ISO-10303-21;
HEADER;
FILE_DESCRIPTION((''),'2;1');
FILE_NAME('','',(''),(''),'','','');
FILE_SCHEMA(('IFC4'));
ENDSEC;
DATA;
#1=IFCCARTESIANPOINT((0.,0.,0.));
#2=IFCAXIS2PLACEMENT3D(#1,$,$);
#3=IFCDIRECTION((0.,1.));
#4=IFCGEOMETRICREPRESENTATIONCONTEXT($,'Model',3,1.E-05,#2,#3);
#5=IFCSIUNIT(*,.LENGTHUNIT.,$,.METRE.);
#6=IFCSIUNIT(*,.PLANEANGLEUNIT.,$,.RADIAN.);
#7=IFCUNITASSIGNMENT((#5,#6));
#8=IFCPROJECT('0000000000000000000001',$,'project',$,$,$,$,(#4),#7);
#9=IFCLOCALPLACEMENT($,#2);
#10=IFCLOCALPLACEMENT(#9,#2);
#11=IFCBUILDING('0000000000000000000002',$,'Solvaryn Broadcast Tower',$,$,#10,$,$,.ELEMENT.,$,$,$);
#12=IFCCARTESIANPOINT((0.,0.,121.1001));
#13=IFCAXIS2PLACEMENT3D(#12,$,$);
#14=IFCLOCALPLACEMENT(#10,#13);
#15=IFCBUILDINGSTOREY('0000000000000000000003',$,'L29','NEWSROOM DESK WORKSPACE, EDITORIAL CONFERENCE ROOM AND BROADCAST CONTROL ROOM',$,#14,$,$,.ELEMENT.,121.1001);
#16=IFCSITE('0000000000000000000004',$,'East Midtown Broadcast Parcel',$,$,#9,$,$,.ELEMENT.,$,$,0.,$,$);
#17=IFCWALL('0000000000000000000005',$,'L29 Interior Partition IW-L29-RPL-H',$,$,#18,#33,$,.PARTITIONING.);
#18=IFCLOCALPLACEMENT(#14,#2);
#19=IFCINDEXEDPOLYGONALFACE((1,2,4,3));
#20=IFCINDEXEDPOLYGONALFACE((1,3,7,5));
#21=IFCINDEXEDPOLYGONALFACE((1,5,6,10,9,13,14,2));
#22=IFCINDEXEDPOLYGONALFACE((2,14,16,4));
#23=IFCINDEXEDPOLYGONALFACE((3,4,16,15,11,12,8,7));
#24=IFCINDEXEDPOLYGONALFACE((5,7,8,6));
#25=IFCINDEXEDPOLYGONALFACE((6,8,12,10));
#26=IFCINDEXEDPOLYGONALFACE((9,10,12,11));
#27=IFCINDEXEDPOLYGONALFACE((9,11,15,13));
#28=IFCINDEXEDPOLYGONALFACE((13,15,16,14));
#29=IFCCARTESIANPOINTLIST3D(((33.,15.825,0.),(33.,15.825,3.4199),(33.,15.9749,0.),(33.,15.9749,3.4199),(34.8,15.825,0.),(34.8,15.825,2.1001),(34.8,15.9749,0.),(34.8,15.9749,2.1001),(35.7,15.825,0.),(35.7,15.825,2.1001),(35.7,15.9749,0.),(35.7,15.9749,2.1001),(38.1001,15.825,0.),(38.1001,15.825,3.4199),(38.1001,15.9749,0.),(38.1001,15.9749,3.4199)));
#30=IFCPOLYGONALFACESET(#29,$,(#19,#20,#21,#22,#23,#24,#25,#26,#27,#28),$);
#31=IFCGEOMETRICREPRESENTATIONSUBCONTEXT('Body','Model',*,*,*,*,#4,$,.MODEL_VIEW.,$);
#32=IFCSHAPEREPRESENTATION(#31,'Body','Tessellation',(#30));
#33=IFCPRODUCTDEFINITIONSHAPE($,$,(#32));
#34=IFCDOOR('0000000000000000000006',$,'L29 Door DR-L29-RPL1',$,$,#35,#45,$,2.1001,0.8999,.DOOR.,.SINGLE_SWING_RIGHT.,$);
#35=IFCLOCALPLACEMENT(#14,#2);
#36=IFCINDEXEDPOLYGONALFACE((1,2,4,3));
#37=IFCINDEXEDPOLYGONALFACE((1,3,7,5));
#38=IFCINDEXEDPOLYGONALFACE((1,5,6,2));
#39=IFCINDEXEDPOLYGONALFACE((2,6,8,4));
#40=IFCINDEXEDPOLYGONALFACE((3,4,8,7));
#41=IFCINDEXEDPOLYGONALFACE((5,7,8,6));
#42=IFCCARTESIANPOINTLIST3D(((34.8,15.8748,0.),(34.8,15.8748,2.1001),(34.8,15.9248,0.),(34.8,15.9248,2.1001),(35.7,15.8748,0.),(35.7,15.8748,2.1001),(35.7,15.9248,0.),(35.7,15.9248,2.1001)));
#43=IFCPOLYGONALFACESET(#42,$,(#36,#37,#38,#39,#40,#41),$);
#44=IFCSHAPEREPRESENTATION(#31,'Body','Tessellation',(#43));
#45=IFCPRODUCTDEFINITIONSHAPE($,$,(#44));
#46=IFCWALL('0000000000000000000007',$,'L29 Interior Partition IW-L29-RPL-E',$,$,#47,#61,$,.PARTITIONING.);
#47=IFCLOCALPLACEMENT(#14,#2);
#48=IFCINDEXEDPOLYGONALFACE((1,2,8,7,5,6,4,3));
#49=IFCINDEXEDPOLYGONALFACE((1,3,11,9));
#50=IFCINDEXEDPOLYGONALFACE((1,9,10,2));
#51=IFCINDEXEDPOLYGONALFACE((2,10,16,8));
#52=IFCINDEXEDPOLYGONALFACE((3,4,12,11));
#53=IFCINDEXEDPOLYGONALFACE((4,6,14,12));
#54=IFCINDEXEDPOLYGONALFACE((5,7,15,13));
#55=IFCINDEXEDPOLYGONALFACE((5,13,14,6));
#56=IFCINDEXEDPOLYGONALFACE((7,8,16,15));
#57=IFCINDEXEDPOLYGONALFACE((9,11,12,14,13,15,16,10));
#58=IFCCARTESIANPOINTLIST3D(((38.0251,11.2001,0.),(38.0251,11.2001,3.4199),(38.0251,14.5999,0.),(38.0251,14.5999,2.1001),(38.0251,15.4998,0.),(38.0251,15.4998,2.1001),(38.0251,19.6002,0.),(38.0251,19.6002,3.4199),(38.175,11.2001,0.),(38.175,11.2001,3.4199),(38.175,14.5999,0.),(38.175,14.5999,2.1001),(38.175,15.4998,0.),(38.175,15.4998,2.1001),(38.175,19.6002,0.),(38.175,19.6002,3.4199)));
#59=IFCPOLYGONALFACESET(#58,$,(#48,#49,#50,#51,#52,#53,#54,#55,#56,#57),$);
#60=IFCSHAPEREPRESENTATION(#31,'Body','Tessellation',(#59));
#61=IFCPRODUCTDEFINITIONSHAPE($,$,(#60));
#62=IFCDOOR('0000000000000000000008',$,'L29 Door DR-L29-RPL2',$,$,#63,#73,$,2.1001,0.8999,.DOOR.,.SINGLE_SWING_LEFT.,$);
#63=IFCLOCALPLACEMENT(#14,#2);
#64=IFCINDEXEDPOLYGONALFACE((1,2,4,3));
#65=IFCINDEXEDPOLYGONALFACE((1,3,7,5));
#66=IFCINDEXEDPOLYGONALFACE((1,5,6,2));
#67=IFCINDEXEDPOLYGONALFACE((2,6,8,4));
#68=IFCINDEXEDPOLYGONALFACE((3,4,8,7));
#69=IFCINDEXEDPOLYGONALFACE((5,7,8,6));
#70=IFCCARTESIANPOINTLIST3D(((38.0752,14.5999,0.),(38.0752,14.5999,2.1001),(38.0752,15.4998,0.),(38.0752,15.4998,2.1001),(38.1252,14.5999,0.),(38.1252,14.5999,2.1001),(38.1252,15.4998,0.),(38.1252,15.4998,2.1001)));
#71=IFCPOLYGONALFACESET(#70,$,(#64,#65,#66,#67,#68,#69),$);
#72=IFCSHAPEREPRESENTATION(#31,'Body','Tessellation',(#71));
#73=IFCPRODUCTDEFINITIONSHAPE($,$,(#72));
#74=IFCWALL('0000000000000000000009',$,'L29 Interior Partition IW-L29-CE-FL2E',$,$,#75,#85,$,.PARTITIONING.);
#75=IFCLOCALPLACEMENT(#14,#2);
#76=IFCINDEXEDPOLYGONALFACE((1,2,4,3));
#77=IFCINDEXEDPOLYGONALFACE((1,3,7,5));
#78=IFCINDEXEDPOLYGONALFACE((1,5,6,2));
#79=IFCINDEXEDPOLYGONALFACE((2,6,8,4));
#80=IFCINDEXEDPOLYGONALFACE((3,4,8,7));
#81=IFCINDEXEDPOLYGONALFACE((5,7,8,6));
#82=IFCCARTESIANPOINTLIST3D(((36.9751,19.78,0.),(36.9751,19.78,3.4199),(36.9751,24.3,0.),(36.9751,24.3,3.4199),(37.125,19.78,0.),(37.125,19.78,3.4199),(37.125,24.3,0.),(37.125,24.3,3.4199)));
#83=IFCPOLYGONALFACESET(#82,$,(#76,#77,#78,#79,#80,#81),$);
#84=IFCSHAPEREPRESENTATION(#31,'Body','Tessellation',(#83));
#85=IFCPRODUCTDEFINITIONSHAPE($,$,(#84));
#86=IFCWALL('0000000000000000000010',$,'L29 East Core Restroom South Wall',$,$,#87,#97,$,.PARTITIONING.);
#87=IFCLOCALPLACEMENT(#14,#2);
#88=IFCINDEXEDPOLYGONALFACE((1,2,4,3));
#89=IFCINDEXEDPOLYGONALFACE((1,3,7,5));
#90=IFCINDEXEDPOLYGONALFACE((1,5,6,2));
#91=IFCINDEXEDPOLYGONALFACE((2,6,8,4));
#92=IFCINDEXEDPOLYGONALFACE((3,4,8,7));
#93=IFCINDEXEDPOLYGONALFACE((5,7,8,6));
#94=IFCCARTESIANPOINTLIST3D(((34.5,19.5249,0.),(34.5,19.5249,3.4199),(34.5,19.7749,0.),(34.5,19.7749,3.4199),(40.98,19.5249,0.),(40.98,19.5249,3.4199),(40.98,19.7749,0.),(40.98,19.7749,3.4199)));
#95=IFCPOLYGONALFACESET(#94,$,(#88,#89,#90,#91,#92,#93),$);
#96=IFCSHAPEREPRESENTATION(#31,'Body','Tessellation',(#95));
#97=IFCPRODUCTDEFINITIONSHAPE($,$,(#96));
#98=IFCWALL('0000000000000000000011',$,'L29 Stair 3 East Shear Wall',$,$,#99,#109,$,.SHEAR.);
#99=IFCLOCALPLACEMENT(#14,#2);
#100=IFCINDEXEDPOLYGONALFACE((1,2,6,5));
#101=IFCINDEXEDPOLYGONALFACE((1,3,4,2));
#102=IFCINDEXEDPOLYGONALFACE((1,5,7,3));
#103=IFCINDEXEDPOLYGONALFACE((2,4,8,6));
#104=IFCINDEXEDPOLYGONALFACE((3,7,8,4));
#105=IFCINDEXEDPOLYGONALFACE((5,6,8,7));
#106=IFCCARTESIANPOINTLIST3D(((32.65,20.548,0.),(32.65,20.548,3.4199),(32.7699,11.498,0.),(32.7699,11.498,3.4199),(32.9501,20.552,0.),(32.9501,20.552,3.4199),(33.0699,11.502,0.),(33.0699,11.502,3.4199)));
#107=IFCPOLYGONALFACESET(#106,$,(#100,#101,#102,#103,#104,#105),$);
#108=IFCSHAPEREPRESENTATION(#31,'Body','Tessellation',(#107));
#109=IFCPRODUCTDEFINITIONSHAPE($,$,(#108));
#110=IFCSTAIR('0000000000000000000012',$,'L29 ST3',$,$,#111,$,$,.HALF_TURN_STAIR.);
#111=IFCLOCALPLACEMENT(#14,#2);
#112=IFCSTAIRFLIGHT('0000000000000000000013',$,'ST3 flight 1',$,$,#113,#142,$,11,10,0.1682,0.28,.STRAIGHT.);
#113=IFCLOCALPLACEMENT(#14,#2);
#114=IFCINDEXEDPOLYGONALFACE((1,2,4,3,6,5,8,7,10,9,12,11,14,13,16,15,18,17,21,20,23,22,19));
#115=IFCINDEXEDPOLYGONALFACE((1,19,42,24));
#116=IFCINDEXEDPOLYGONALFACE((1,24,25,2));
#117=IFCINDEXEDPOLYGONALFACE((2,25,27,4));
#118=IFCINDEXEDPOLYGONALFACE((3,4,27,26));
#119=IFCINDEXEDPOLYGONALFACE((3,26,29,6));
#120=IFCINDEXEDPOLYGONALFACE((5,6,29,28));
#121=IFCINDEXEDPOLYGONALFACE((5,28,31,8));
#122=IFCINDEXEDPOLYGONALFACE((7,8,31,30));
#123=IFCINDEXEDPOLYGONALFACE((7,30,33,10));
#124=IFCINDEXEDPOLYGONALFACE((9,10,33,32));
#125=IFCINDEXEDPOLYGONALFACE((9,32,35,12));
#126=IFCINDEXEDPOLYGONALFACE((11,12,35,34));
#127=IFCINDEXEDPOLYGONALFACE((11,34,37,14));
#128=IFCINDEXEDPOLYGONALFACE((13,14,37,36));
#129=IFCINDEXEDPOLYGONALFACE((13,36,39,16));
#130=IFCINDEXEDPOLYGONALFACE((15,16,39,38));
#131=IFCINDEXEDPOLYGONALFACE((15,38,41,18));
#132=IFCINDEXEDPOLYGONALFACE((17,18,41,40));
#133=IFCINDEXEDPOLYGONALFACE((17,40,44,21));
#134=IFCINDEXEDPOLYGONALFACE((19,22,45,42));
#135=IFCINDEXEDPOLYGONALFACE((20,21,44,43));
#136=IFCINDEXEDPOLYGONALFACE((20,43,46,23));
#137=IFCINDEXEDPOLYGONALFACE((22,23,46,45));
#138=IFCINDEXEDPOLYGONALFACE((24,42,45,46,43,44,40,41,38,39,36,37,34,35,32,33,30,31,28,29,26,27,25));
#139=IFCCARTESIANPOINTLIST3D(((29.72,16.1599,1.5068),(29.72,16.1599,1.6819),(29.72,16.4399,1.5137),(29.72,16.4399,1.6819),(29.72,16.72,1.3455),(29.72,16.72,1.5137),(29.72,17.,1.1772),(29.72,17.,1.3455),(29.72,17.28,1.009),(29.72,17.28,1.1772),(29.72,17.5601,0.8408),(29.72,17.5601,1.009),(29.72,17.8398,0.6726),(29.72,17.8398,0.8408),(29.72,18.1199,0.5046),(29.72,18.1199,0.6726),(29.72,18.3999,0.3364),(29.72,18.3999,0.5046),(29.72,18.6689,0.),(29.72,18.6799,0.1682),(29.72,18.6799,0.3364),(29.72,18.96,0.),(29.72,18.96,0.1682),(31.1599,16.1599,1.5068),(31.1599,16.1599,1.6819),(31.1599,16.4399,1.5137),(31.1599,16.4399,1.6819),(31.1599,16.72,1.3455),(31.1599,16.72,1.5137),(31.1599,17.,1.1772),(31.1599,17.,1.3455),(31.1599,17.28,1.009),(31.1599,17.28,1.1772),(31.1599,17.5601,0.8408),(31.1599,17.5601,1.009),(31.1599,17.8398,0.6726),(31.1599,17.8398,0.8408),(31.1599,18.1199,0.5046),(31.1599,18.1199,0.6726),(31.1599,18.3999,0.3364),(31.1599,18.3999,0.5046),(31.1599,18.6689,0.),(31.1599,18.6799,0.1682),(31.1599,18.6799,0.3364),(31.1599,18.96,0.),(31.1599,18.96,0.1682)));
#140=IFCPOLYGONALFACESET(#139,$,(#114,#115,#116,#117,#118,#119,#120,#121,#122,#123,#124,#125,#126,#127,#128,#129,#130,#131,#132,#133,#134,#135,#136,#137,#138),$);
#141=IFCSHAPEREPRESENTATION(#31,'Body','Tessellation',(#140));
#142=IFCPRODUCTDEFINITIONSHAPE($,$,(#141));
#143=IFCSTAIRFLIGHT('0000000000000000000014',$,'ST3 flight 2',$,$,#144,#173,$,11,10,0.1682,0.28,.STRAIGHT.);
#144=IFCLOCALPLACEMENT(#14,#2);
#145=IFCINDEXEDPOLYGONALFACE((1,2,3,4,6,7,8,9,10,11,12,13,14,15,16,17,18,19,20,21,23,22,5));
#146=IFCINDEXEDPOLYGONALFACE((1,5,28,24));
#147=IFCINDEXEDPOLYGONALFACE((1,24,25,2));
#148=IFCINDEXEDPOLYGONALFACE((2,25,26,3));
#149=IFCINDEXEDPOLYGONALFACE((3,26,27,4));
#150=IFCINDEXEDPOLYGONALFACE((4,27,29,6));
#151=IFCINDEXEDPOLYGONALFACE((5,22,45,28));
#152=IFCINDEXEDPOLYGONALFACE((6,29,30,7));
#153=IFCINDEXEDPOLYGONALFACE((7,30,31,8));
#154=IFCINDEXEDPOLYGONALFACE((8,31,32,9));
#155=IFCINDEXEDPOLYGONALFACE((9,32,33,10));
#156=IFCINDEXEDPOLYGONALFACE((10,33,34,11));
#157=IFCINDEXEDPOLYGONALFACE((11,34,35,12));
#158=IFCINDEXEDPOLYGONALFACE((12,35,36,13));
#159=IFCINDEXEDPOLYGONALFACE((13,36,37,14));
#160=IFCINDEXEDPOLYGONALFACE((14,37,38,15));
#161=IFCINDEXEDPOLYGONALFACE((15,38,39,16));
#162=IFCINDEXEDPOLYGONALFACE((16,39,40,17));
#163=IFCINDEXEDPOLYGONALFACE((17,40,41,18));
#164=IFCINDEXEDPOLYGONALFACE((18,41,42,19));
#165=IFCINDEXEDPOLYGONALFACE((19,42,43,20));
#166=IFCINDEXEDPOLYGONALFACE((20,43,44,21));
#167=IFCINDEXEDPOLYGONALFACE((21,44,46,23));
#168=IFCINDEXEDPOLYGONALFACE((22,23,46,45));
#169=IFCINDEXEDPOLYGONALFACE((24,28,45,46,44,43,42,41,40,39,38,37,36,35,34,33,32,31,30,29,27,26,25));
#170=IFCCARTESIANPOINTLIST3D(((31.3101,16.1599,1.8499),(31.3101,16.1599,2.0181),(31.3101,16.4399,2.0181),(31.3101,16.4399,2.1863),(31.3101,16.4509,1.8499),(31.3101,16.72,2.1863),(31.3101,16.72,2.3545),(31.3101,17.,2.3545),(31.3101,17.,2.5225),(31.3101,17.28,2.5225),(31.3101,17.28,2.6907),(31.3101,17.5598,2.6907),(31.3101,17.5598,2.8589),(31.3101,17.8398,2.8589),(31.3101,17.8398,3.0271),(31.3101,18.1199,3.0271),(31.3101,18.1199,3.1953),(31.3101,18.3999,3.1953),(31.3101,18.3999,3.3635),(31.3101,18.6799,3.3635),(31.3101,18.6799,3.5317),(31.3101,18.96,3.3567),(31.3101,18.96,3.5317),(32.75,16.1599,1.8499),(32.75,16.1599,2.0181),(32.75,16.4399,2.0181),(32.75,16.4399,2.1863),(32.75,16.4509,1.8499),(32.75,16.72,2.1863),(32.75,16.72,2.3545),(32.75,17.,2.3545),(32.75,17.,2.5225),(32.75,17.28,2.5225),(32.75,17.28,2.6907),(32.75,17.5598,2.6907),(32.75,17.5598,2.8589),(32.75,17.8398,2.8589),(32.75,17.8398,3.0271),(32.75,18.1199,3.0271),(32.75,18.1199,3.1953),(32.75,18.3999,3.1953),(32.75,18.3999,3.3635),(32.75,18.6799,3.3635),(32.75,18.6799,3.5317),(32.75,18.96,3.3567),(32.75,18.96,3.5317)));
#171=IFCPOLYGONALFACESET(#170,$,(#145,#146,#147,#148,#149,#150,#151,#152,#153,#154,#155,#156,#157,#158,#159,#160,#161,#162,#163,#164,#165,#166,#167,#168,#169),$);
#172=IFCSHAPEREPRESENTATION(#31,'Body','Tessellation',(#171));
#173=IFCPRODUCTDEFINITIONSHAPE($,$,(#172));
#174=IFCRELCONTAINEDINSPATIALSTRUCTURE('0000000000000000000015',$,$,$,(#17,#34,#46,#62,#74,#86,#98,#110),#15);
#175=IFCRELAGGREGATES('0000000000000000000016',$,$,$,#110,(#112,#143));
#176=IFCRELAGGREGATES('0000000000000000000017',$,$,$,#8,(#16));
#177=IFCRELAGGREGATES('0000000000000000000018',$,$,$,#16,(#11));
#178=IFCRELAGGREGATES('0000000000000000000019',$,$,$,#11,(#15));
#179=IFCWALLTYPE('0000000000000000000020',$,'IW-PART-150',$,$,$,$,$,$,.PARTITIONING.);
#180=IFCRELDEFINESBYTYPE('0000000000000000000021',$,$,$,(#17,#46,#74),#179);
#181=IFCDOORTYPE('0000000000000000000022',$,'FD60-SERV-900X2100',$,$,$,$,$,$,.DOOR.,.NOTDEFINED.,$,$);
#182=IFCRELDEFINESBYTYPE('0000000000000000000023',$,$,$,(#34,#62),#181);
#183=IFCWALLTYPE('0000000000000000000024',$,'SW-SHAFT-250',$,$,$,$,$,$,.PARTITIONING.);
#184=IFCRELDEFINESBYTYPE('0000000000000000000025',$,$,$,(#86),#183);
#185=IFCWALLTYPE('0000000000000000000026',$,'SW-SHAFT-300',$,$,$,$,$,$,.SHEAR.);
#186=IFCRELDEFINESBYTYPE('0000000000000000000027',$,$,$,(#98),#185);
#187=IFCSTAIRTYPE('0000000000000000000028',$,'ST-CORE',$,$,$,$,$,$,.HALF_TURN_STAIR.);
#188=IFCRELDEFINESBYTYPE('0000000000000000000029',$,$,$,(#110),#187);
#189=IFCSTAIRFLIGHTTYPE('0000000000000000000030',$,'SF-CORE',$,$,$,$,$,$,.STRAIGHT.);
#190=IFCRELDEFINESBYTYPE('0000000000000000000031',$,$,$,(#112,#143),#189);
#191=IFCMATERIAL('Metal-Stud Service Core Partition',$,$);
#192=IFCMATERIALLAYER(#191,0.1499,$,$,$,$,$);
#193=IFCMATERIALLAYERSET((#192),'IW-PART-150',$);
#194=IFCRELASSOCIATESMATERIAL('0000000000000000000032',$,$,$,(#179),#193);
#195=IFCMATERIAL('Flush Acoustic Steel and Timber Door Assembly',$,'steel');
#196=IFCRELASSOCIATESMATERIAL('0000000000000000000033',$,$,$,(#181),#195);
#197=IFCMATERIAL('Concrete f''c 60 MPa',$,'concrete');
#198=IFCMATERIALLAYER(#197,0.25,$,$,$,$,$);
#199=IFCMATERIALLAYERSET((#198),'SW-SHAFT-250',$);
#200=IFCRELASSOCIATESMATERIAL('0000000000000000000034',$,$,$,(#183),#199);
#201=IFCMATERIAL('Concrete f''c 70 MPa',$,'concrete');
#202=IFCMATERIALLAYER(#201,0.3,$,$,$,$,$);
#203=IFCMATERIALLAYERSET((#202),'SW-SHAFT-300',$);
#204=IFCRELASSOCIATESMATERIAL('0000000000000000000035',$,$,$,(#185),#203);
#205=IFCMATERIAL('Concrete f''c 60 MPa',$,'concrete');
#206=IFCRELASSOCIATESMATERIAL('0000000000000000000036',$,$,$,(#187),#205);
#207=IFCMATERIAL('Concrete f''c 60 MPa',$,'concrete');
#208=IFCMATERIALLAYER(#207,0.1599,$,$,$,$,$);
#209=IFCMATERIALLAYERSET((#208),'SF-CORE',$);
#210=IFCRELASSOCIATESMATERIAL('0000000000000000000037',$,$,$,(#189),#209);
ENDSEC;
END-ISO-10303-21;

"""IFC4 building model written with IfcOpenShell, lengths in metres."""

from ifc_helpers import new_model, si_unit, direction, frame, frame_2d, origin, place, context, subcontext, project, spatial, polyline, rectangle, outline, extrude, material, layer, layer_set, type_object, element, fill, aggregate, save


model = new_model("IFC4")

# Units and contexts
model_context = context("Model", 3, precision=1e-05, world=origin(), true_north=direction((0.0, 1.0)))
body_context = subcontext(model_context, "Body", "Model", "MODEL_VIEW")
ifc_project = project(units=[si_unit("LENGTHUNIT", "METRE"), si_unit("PLANEANGLEUNIT", "RADIAN")], contexts=[model_context])

# Site, building, storey
site_placement = place(None, origin())
site = spatial("IfcSite", under=ifc_project, at=site_placement, Name="East Midtown Broadcast Parcel", CompositionType="ELEMENT", RefElevation=0.0)
building_placement = place(site_placement, origin())
building = spatial("IfcBuilding", under=site, at=building_placement, Name="Solvaryn Broadcast Tower", CompositionType="ELEMENT")
storey_placement = place(building_placement, frame((0.0, 0.0, 121.1001)))
storey = spatial("IfcBuildingStorey", under=building, at=storey_placement, Name="L29", Description="NEWSROOM DESK WORKSPACE, EDITORIAL CONFERENCE ROOM AND BROADCAST CONTROL ROOM", CompositionType="ELEMENT", Elevation=121.1001)

# Walls, openings, doors
ifc_material_1 = material(Name="Metal-Stud Service Core Partition")
ifc_layer_1 = layer(ifc_material_1, 0.1499)
ifc_layer_set_1 = layer_set([ifc_layer_1], Name="IW-PART-150")
wall_type_1 = type_object("IfcWallType", Name="IW-PART-150", PredefinedType="PARTITIONING", material=ifc_layer_set_1)
wall_1_placement = place(storey_placement, frame((33.0, 15.8999, 0.0), z_axis=(0.0, 0.0, 1.0), x_axis=(1.0, 0.0, 0.0)))
wall_1 = element("IfcWall", 1, at=wall_1_placement, inside=storey, type_object=wall_type_1, Name="L29 Interior Partition IW-L29-RPL-H", PredefinedType="PARTITIONING", context=body_context, shape_type="SweptSolid", body=[
    extrude(rectangle(XDim=5.1001, YDim=0.1499, at=frame_2d((2.55, 0.0))), origin(), (0.0, 0.0, 1.0), 3.4199),
])
opening_1_placement = place(wall_1_placement, frame((1.8, 0.0, 0.0)))
opening_1 = element("IfcOpeningElement", 2, at=opening_1_placement, cuts=wall_1, PredefinedType="OPENING", context=body_context, shape_type="SweptSolid", body=[
    extrude(rectangle(XDim=0.8999, YDim=2.1001, at=frame_2d((0.45, 1.05))), frame((0.0, 0.085, 0.0), z_axis=(0.0, -1.0, 0.0), x_axis=(1.0, 0.0, 0.0)), (0.0, 0.0, 1.0), 0.1699),
])
ifc_material_2 = material(Name="Flush Acoustic Steel and Timber Door Assembly", Category="steel")
door_type_1 = type_object("IfcDoorType", Name="FD60-SERV-900X2100", OperationType="NOTDEFINED", PredefinedType="DOOR", material=ifc_material_2)
door_1_placement = place(opening_1_placement, origin())
door_1 = element("IfcDoor", 3, at=door_1_placement, inside=storey, type_object=door_type_1, Name="L29 Door DR-L29-RPL1", OperationType="SINGLE_SWING_RIGHT", OverallHeight=2.1001, OverallWidth=0.8999, PredefinedType="DOOR", context=body_context, shape_type="SweptSolid", body=[
    extrude(rectangle(XDim=0.8999, YDim=2.1001, at=frame_2d((0.45, 1.05))), frame((0.0, 0.0249, 0.0), z_axis=(0.0, -1.0, 0.0), x_axis=(1.0, 0.0, 0.0)), (0.0, 0.0, 1.0), 0.05),
])
fill(opening_1, door_1)
wall_2_placement = place(storey_placement, frame((38.1001, 11.2, 0.0), z_axis=(0.0, 0.0, 1.0), x_axis=(0.0, 1.0, 0.0)))
wall_2 = element("IfcWall", 4, at=wall_2_placement, inside=storey, type_object=wall_type_1, Name="L29 Interior Partition IW-L29-RPL-E", PredefinedType="PARTITIONING", context=body_context, shape_type="SweptSolid", body=[
    extrude(rectangle(XDim=8.4001, YDim=0.1499, at=frame_2d((4.2002, 0.0))), origin(), (0.0, 0.0, 1.0), 3.4199),
])
opening_2_placement = place(wall_2_placement, frame((3.3999, 0.0, 0.0)))
opening_2 = element("IfcOpeningElement", 5, at=opening_2_placement, cuts=wall_2, PredefinedType="OPENING", context=body_context, shape_type="SweptSolid", body=[
    extrude(rectangle(XDim=0.8999, YDim=2.1001, at=frame_2d((0.45, 1.05))), frame((0.0, 0.085, 0.0), z_axis=(0.0, -1.0, 0.0), x_axis=(1.0, 0.0, 0.0)), (0.0, 0.0, 1.0), 0.1699),
])
door_2_placement = place(opening_2_placement, origin())
door_2 = element("IfcDoor", 6, at=door_2_placement, inside=storey, type_object=door_type_1, Name="L29 Door DR-L29-RPL2", OperationType="SINGLE_SWING_LEFT", OverallHeight=2.1001, OverallWidth=0.8999, PredefinedType="DOOR", context=body_context, shape_type="SweptSolid", body=[
    extrude(rectangle(XDim=0.8999, YDim=2.1001, at=frame_2d((0.45, 1.05))), frame((0.0, 0.0249, 0.0), z_axis=(0.0, -1.0, 0.0), x_axis=(1.0, 0.0, 0.0)), (0.0, 0.0, 1.0), 0.05),
])
fill(opening_2, door_2)

# Walls
wall_3_placement = place(storey_placement, frame((37.05, 19.78, 0.0), z_axis=(0.0, 0.0, 1.0), x_axis=(0.0, 1.0, 0.0)))
element("IfcWall", 7, at=wall_3_placement, inside=storey, type_object=wall_type_1, Name="L29 Interior Partition IW-L29-CE-FL2E", PredefinedType="PARTITIONING", context=body_context, shape_type="SweptSolid", body=[
    extrude(rectangle(XDim=4.52, YDim=0.1499, at=frame_2d((2.26, 0.0))), origin(), (0.0, 0.0, 1.0), 3.4199),
])
ifc_material_3 = material(Name="Concrete f'c 60 MPa", Category="concrete")
ifc_layer_2 = layer(ifc_material_3, 0.25)
ifc_layer_set_2 = layer_set([ifc_layer_2], Name="SW-SHAFT-250")
wall_type_2 = type_object("IfcWallType", Name="SW-SHAFT-250", PredefinedType="PARTITIONING", material=ifc_layer_set_2)
wall_4_placement = place(storey_placement, frame((34.5, 19.6499, 0.0), z_axis=(0.0, 0.0, 1.0), x_axis=(1.0, 0.0, 0.0)))
element("IfcWall", 8, at=wall_4_placement, inside=storey, type_object=wall_type_2, Name="L29 East Core Restroom South Wall", PredefinedType="PARTITIONING", context=body_context, shape_type="SweptSolid", body=[
    extrude(rectangle(XDim=6.48, YDim=0.25, at=frame_2d((3.24, 0.0))), origin(), (0.0, 0.0, 1.0), 3.4199),
])

# Wall
ifc_material_4 = material(Name="Concrete f'c 70 MPa", Category="concrete")
ifc_layer_3 = layer(ifc_material_4, 0.3)
ifc_layer_set_3 = layer_set([ifc_layer_3], Name="SW-SHAFT-300")
wall_type_3 = type_object("IfcWallType", Name="SW-SHAFT-300", PredefinedType="SHEAR", material=ifc_layer_set_3)
wall_5_placement = place(storey_placement, frame((32.9199, 11.5, 0.0), z_axis=(0.0, 0.0, 1.0), x_axis=(-0.013244, 0.999912, 0.0)))
element("IfcWall", 9, at=wall_5_placement, inside=storey, type_object=wall_type_3, Name="L29 Stair 3 East Shear Wall", PredefinedType="SHEAR", context=body_context, shape_type="SweptSolid", body=[
    extrude(rectangle(XDim=9.0508, YDim=0.3, at=frame_2d((4.5254, 0.0))), origin(), (0.0, 0.0, 1.0), 3.4199),
])

# Stair, stair flights
ifc_material_5 = material(Name="Concrete f'c 60 MPa", Category="concrete")
stair_type = type_object("IfcStairType", Name="ST-CORE", PredefinedType="HALF_TURN_STAIR", material=ifc_material_5)
stair_placement = place(storey_placement, origin())
stair = element("IfcStair", 10, at=stair_placement, inside=storey, type_object=stair_type, Name="L29 ST3", PredefinedType="HALF_TURN_STAIR")
ifc_material_6 = material(Name="Concrete f'c 60 MPa", Category="concrete")
ifc_layer_4 = layer(ifc_material_6, 0.1599)
ifc_layer_set_4 = layer_set([ifc_layer_4], Name="SF-CORE")
stair_flight_type = type_object("IfcStairFlightType", Name="SF-CORE", PredefinedType="STRAIGHT", material=ifc_layer_set_4)
stair_flight_1_placement = place(storey_placement, frame((30.4399, 18.96, 0.0), z_axis=(0.0, 0.0, 1.0), x_axis=(0.0, -1.0, 0.0)))
stair_flight_1 = element("IfcStairFlight", 11, at=stair_flight_1_placement, type_object=stair_flight_type, Name="ST3 flight 1", NumberOfRisers=11, NumberOfTreads=10, PredefinedType="STRAIGHT", RiserHeight=0.1682, TreadLength=0.28, context=body_context, shape_type="SweptSolid", body=[
    extrude(outline(polyline([(0.0, 0.0), (0.0, 0.1682), (0.28, 0.1682), (0.28, 0.3364), (0.5601, 0.3364), (0.5601, 0.5046), (0.8401, 0.5046), (0.8401, 0.6726), (1.1201, 0.6726), (1.1201, 0.8408), (1.3999, 0.8408), (1.3999, 1.009), (1.6799, 1.009), (1.6799, 1.1772), (1.96, 1.1772), (1.96, 1.3455), (2.24, 1.3455), (2.24, 1.5137), (2.52, 1.5137), (2.52, 1.6819), (2.8, 1.6819), (2.8, 1.8501), (2.8, 1.5068), (0.291, 0.0), (0.0, 0.0)])), frame((0.0, 0.72, 0.0), z_axis=(0.0, -1.0, 0.0), x_axis=(1.0, 0.0, 0.0)), (0.0, 0.0, 1.0), 1.4399),
])
stair_flight_2_placement = place(storey_placement, frame((32.03, 16.1599, 1.8499), z_axis=(0.0, 0.0, 1.0), x_axis=(0.0, 1.0, 0.0)))
stair_flight_2 = element("IfcStairFlight", 12, at=stair_flight_2_placement, type_object=stair_flight_type, Name="ST3 flight 2", NumberOfRisers=11, NumberOfTreads=10, PredefinedType="STRAIGHT", RiserHeight=0.1682, TreadLength=0.28, context=body_context, shape_type="SweptSolid", body=[
    extrude(outline(polyline([(0.0, 0.0), (0.0, 0.1682), (0.28, 0.1682), (0.28, 0.3364), (0.5601, 0.3364), (0.5601, 0.5046), (0.8401, 0.5046), (0.8401, 0.6726), (1.1201, 0.6726), (1.1201, 0.8408), (1.3999, 0.8408), (1.3999, 1.009), (1.6799, 1.009), (1.6799, 1.1772), (1.96, 1.1772), (1.96, 1.3455), (2.24, 1.3455), (2.24, 1.5137), (2.52, 1.5137), (2.52, 1.6819), (2.8, 1.6819), (2.8, 1.8501), (2.8, 1.5068), (0.291, 0.0), (0.0, 0.0)])), frame((0.0, 0.72, 0.0), z_axis=(0.0, -1.0, 0.0), x_axis=(1.0, 0.0, 0.0)), (0.0, 0.0, 1.0), 1.4399),
])
aggregate(stair, [stair_flight_1, stair_flight_2])

save(model, "model.ifc")
